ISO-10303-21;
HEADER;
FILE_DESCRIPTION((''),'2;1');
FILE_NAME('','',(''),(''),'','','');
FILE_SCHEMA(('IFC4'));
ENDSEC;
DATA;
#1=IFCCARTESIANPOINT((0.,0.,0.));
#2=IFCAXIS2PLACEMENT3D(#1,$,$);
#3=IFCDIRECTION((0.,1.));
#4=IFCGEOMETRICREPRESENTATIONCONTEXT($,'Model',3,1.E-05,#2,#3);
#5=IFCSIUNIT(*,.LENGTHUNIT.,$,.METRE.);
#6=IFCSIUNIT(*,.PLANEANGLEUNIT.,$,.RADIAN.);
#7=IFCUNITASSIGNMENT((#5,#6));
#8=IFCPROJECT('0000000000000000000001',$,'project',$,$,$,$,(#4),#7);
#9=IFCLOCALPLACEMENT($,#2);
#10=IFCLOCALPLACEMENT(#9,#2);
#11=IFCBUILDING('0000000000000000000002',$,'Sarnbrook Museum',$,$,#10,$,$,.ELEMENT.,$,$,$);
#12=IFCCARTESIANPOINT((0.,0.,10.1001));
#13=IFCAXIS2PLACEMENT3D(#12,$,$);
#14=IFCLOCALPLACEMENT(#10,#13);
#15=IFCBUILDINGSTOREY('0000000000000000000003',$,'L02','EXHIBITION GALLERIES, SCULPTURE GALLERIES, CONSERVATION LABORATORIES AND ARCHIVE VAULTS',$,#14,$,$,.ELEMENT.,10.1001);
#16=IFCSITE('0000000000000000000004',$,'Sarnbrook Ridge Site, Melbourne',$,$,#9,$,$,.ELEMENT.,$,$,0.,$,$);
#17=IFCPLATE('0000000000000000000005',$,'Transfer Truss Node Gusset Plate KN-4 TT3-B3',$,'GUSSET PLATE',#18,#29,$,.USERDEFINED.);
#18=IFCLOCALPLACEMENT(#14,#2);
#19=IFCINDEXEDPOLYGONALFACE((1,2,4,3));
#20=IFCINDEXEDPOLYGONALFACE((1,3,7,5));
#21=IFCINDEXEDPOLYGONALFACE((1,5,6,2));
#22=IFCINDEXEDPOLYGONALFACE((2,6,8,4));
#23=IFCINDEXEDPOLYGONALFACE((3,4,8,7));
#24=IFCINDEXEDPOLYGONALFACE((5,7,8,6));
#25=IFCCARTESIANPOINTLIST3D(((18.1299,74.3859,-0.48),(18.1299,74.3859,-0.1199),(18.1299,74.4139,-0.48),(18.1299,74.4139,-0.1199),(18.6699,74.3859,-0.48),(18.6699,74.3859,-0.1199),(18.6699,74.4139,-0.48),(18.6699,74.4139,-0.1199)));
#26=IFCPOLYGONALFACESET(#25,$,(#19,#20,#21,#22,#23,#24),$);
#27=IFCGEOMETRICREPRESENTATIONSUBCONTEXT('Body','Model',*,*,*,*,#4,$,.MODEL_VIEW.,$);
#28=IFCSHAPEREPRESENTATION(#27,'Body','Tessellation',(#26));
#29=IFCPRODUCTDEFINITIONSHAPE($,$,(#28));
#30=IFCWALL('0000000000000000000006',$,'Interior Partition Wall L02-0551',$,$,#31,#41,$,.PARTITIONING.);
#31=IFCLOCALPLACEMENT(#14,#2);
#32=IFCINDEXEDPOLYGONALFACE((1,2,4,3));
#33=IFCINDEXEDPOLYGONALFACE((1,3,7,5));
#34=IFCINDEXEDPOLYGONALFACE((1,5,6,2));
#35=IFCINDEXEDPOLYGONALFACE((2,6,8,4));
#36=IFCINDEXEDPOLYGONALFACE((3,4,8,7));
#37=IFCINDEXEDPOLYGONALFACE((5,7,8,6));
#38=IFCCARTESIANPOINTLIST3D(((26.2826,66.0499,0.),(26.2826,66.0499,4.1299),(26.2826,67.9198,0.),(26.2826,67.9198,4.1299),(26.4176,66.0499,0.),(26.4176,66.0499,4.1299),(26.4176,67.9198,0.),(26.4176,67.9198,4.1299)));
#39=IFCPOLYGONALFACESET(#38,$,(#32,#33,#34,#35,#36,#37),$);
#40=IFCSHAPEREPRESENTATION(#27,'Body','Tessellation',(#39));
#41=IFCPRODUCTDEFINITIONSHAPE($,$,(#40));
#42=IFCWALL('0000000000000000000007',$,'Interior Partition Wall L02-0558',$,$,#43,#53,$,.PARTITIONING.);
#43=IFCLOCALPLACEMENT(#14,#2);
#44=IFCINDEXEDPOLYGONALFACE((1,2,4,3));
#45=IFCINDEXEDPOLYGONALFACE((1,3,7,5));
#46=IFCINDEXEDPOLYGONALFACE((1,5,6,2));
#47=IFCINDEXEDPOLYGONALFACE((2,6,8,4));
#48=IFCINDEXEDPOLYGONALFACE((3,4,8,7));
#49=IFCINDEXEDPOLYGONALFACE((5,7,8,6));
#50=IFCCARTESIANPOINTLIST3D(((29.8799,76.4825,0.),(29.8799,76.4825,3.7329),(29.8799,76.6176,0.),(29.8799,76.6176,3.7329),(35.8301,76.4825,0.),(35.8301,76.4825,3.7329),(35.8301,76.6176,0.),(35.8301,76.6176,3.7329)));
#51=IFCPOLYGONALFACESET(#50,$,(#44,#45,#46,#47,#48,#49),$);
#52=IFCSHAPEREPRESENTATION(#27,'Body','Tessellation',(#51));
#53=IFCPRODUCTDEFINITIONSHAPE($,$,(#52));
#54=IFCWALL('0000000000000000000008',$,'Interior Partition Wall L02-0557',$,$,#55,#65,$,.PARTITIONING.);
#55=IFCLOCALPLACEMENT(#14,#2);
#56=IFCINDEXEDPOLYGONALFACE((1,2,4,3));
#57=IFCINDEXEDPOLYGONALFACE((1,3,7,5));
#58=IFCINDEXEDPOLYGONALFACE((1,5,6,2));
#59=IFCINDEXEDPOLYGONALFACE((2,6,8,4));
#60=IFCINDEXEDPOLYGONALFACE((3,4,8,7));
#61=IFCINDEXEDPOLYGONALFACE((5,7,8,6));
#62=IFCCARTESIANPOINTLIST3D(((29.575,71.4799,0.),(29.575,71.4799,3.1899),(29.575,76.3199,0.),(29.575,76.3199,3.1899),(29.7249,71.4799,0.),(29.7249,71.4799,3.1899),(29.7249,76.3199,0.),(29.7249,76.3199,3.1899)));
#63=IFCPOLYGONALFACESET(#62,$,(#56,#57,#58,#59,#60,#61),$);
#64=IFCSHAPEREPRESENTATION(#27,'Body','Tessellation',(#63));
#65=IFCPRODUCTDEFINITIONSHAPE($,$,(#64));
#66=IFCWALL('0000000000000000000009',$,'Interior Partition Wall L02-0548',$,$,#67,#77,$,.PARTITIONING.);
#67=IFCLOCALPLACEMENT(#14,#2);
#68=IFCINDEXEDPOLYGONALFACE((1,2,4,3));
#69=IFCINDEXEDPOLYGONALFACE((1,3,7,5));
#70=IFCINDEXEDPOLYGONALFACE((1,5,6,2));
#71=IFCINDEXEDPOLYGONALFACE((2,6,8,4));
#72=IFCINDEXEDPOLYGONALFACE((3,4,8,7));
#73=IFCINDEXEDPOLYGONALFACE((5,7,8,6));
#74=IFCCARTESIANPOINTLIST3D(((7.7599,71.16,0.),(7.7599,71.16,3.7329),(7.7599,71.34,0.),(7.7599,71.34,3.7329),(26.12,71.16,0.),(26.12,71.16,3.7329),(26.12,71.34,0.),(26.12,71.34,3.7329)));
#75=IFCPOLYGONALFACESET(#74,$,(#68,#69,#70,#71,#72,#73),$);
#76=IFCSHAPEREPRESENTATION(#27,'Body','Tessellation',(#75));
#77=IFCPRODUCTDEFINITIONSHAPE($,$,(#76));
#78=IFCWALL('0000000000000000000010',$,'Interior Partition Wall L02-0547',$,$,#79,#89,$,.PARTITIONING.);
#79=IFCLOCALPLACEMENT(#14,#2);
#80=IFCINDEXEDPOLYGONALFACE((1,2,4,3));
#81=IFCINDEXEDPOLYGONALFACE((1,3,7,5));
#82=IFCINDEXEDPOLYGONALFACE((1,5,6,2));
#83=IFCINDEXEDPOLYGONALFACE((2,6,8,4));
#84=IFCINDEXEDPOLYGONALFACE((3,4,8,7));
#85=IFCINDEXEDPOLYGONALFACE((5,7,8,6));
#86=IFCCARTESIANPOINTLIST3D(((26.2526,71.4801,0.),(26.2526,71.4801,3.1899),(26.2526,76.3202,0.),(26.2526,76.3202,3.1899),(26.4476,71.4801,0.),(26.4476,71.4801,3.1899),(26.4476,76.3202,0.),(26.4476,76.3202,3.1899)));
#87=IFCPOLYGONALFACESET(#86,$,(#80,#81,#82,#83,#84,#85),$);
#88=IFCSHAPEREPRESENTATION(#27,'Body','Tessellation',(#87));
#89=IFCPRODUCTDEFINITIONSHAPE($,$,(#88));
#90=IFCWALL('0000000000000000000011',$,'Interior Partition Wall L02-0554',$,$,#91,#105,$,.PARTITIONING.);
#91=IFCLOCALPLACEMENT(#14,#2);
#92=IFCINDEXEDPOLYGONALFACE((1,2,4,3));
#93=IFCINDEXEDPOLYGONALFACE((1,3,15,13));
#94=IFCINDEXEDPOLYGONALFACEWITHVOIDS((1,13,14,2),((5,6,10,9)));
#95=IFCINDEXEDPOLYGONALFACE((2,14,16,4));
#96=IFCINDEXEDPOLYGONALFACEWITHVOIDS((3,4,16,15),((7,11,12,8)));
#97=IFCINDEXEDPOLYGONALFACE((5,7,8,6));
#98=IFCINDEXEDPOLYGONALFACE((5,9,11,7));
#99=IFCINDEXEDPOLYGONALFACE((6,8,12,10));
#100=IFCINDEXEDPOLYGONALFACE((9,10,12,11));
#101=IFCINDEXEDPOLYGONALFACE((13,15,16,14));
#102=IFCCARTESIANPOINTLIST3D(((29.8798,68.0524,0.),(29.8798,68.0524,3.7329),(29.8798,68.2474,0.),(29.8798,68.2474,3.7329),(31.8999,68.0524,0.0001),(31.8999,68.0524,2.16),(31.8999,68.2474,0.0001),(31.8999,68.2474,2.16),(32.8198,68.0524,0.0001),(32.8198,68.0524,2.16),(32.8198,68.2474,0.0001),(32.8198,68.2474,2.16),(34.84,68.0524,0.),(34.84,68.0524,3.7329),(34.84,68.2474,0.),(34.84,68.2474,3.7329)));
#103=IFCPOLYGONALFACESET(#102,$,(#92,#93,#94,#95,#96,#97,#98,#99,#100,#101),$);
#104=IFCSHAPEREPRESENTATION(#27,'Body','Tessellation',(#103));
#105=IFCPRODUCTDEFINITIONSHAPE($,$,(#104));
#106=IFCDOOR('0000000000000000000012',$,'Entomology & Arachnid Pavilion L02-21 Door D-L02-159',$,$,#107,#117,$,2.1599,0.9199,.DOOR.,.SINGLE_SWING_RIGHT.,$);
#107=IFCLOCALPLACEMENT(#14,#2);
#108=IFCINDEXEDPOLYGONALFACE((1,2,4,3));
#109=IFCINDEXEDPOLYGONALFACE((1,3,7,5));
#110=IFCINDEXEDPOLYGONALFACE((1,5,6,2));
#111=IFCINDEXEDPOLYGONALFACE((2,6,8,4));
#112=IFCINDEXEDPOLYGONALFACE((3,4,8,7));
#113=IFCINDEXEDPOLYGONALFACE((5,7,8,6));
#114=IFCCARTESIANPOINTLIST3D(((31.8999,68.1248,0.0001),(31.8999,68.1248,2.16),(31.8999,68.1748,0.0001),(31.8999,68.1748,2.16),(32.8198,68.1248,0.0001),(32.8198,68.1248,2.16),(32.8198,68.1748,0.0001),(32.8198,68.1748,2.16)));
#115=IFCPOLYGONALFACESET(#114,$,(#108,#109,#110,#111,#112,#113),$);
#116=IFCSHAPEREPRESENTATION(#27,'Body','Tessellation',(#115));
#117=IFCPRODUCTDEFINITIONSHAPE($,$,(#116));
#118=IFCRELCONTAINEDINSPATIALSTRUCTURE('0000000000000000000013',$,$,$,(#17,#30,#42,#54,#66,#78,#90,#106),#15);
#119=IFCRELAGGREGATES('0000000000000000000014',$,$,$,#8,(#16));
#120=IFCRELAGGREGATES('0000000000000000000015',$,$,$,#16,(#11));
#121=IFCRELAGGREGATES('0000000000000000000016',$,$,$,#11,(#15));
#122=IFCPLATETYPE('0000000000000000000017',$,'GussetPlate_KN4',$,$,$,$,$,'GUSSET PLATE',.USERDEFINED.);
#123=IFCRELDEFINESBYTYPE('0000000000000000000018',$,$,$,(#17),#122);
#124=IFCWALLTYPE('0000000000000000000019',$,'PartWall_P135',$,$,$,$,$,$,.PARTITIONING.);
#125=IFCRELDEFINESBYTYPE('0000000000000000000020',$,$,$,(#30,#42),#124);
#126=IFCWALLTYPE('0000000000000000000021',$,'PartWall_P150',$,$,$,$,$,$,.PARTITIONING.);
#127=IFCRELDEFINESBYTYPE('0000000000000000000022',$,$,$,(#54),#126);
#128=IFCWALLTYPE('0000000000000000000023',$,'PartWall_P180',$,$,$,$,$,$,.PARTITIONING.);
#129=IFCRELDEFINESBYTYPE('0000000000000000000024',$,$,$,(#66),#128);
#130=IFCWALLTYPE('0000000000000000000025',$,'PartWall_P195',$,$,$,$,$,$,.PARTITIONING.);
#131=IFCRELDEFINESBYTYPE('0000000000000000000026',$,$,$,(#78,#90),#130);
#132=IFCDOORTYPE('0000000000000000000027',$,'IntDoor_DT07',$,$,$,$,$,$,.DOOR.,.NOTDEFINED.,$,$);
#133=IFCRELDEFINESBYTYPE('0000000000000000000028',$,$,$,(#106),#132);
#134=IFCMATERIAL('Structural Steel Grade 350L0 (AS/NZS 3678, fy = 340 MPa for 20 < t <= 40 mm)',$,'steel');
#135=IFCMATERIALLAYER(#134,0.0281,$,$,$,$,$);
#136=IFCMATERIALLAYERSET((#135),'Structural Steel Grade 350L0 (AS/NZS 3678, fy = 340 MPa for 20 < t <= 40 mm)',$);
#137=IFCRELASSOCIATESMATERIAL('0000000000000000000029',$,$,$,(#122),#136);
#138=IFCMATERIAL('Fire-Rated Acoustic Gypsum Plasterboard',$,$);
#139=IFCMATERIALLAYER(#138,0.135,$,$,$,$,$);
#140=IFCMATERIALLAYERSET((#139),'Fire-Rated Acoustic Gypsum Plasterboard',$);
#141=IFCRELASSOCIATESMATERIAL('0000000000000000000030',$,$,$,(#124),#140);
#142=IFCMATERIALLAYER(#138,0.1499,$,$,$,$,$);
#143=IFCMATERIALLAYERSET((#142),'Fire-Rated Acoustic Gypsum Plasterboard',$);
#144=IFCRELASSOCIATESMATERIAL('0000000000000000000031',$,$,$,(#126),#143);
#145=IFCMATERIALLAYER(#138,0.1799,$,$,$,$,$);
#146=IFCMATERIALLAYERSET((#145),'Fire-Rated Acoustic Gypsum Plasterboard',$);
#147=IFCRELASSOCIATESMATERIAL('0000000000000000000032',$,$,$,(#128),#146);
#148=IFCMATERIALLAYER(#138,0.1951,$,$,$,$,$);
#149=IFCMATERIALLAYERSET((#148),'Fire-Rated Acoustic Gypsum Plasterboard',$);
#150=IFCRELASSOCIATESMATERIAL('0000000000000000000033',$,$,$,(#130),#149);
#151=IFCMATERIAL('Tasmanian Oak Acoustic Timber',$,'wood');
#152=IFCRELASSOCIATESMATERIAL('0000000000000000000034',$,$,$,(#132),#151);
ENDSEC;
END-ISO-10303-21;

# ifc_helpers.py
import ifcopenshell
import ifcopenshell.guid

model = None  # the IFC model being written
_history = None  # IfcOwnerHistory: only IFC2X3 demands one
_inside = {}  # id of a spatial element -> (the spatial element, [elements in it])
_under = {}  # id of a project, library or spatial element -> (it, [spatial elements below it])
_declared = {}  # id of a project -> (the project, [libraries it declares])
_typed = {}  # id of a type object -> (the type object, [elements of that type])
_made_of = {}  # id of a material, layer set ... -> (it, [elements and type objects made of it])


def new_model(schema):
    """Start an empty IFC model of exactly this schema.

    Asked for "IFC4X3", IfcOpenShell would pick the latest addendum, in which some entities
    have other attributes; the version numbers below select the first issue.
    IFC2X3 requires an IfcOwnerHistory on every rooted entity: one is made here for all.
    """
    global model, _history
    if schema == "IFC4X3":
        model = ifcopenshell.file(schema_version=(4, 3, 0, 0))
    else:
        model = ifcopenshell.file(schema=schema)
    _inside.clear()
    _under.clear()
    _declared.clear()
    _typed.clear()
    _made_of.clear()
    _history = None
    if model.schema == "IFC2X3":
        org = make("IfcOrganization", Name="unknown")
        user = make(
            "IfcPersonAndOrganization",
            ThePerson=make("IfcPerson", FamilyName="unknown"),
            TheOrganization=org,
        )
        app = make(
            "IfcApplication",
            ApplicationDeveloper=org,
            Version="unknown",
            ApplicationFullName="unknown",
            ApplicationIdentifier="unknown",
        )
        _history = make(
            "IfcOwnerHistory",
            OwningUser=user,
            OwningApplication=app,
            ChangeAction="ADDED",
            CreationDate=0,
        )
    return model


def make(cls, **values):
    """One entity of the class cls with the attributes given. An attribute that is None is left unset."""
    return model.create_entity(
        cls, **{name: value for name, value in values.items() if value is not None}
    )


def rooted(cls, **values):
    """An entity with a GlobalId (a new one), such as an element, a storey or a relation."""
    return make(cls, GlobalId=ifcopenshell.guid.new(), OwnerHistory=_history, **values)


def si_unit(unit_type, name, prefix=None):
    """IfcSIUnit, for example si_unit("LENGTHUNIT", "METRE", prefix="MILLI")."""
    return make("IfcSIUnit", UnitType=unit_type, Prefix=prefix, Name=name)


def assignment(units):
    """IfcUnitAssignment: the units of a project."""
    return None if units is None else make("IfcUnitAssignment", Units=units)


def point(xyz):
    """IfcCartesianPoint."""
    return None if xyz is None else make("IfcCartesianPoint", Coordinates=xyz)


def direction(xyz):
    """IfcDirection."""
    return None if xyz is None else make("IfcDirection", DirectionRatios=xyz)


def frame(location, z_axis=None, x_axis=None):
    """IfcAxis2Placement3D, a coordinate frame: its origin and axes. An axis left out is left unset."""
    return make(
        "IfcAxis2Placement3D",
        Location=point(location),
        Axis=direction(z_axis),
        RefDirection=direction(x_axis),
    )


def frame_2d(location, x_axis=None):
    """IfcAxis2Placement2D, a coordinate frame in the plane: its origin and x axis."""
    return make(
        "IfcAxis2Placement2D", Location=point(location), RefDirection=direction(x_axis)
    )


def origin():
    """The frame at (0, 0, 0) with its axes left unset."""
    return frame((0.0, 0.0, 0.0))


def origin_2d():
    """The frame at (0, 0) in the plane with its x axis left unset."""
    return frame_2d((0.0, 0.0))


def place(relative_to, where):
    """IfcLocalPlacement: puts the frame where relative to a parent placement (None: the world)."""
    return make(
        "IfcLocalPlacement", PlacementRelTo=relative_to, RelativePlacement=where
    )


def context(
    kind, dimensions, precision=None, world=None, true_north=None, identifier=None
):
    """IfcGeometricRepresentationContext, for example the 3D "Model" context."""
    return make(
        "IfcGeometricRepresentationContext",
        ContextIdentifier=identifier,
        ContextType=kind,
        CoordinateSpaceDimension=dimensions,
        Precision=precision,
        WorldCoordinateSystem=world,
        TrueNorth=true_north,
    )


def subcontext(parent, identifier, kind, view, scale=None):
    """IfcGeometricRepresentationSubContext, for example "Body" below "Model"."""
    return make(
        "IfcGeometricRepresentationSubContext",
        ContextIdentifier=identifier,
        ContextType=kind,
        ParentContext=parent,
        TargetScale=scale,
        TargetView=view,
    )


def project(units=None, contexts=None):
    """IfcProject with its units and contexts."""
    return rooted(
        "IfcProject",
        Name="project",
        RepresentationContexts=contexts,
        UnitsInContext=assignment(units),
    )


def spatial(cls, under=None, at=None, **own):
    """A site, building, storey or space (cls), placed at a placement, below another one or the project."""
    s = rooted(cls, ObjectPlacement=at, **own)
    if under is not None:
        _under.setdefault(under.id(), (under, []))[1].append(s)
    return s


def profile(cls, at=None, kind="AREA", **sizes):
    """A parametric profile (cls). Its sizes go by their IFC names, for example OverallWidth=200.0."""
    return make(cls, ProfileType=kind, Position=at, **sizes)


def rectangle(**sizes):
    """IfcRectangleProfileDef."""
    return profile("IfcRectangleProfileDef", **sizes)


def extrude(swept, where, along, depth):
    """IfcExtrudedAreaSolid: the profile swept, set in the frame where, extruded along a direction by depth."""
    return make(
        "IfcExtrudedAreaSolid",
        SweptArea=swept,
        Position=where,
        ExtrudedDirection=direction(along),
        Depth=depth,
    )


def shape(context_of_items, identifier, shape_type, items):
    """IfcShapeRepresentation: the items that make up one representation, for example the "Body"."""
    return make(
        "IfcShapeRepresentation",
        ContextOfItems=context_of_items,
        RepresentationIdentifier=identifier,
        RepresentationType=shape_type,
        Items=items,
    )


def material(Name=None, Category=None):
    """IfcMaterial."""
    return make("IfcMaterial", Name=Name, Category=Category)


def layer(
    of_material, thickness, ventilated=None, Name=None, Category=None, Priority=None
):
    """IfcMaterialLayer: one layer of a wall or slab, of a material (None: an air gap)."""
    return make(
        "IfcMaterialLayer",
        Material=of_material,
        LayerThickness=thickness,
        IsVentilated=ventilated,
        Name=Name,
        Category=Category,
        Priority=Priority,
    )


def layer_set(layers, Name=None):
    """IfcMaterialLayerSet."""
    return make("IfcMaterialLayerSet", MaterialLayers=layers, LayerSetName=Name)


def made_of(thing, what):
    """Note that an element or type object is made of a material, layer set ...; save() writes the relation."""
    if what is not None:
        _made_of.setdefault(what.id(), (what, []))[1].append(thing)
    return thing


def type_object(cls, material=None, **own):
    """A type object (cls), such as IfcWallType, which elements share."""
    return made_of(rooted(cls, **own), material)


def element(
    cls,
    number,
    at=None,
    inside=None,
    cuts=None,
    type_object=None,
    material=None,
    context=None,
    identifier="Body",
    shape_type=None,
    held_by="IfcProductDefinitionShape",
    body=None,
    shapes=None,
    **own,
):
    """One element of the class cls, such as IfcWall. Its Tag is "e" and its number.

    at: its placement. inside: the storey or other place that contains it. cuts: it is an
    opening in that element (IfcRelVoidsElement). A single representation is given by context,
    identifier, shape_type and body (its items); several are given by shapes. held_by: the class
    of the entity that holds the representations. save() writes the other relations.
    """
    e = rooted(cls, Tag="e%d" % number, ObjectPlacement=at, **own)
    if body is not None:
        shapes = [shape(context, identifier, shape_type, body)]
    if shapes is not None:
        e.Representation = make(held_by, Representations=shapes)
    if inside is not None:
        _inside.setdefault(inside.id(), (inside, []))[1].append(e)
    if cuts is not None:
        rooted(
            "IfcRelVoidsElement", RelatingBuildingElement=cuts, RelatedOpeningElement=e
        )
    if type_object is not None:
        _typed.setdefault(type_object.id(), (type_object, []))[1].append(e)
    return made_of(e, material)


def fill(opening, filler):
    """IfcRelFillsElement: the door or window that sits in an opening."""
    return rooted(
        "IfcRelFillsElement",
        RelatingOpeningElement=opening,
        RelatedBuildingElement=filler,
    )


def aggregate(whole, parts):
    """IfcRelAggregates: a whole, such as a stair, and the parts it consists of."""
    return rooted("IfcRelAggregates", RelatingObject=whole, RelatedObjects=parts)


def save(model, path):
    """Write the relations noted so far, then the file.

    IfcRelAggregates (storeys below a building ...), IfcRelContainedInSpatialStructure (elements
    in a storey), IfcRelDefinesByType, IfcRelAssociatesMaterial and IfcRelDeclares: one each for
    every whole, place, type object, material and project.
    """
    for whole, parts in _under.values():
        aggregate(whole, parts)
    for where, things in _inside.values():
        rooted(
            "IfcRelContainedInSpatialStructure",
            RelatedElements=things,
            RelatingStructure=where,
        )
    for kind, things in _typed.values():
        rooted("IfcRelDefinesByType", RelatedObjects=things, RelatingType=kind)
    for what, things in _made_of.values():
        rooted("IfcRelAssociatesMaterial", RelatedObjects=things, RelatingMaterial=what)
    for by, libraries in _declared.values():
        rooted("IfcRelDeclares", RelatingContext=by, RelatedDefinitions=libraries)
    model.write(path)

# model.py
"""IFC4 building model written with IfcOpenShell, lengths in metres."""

from ifc_helpers import new_model, si_unit, direction, frame, frame_2d, origin, origin_2d, place, context, subcontext, project, spatial, rectangle, extrude, material, layer, layer_set, type_object, element, fill, save


model = new_model("IFC4")

# Units and contexts
model_context = context("Model", 3, precision=1e-05, world=origin(), true_north=direction((0.0, 1.0)))
body_context = subcontext(model_context, "Body", "Model", "MODEL_VIEW")
ifc_project = project(units=[si_unit("LENGTHUNIT", "METRE"), si_unit("PLANEANGLEUNIT", "RADIAN")], contexts=[model_context])

# Site, building, storey
site_placement = place(None, origin())
site = spatial("IfcSite", under=ifc_project, at=site_placement, Name="Sarnbrook Ridge Site, Melbourne", CompositionType="ELEMENT", RefElevation=0.0)
building_placement = place(site_placement, origin())
building = spatial("IfcBuilding", under=site, at=building_placement, Name="Sarnbrook Museum", CompositionType="ELEMENT")
storey_placement = place(building_placement, frame((0.0, 0.0, 10.1001)))
storey = spatial("IfcBuildingStorey", under=building, at=storey_placement, Name="L02", Description="EXHIBITION GALLERIES, SCULPTURE GALLERIES, CONSERVATION LABORATORIES AND ARCHIVE VAULTS", CompositionType="ELEMENT", Elevation=10.1001)

# Shared definitions
ifc_material_1 = material(Name="Structural Steel Grade 350L0 (AS/NZS 3678, fy = 340 MPa for 20 < t <= 40 mm)", Category="steel")

# Plate
ifc_layer_1 = layer(ifc_material_1, 0.0281)
ifc_layer_set_1 = layer_set([ifc_layer_1], Name="Structural Steel Grade 350L0 (AS/NZS 3678, fy = 340 MPa for 20 < t <= 40 mm)")
plate_type_1 = type_object("IfcPlateType", Name="GussetPlate_KN4", ElementType="GUSSET PLATE", PredefinedType="USERDEFINED", material=ifc_layer_set_1)
plate_1_placement = place(storey_placement, frame((18.3999, 74.3999, -0.48), z_axis=(0.0, 0.0, 1.0), x_axis=(1.0, 0.0, 0.0)))
element("IfcPlate", 1, at=plate_1_placement, inside=storey, type_object=plate_type_1, Name="Transfer Truss Node Gusset Plate KN-4 TT3-B3", ObjectType="GUSSET PLATE", PredefinedType="USERDEFINED", context=body_context, shape_type="SweptSolid", body=[
    extrude(rectangle(XDim=0.54, YDim=0.0281, at=origin_2d()), origin(), (0.0, 0.0, 1.0), 0.3601),
])

# Walls
ifc_material_2 = material(Name="Fire-Rated Acoustic Gypsum Plasterboard")
ifc_layer_2 = layer(ifc_material_2, 0.135)
ifc_layer_set_2 = layer_set([ifc_layer_2], Name="Fire-Rated Acoustic Gypsum Plasterboard")
wall_type_1 = type_object("IfcWallType", Name="PartWall_P135", PredefinedType="PARTITIONING", material=ifc_layer_set_2)
wall_1_placement = place(storey_placement, frame((26.3501, 67.9199, 0.0), z_axis=(0.0, 0.0, 1.0), x_axis=(0.0, -1.0, 0.0)))
element("IfcWall", 2, at=wall_1_placement, inside=storey, type_object=wall_type_1, Name="Interior Partition Wall L02-0551", PredefinedType="PARTITIONING", context=body_context, shape_type="SweptSolid", body=[
    extrude(rectangle(XDim=1.8699, YDim=0.135, at=frame_2d((0.9351, 0.0))), origin(), (0.0, 0.0, 1.0), 4.1299),
])
wall_2_placement = place(storey_placement, frame((29.8799, 76.55, 0.0), z_axis=(0.0, 0.0, 1.0), x_axis=(1.0, 0.0, 0.0)))
element("IfcWall", 3, at=wall_2_placement, inside=storey, type_object=wall_type_1, Name="Interior Partition Wall L02-0558", PredefinedType="PARTITIONING", context=body_context, shape_type="SweptSolid", body=[
    extrude(rectangle(XDim=5.9502, YDim=0.135, at=frame_2d((2.9751, 0.0))), origin(), (0.0, 0.0, 1.0), 3.7329),
])
ifc_layer_3 = layer(ifc_material_2, 0.1499)
ifc_layer_set_3 = layer_set([ifc_layer_3], Name="Fire-Rated Acoustic Gypsum Plasterboard")
wall_type_2 = type_object("IfcWallType", Name="PartWall_P150", PredefinedType="PARTITIONING", material=ifc_layer_set_3)
wall_3_placement = place(storey_placement, frame((29.6499, 71.48, 0.0), z_axis=(0.0, 0.0, 1.0), x_axis=(0.0, 1.0, 0.0)))
element("IfcWall", 4, at=wall_3_placement, inside=storey, type_object=wall_type_2, Name="Interior Partition Wall L02-0557", PredefinedType="PARTITIONING", context=body_context, shape_type="SweptSolid", body=[
    extrude(rectangle(XDim=4.8401, YDim=0.1499, at=frame_2d((2.4199, 0.0))), origin(), (0.0, 0.0, 1.0), 3.1899),
])
ifc_layer_4 = layer(ifc_material_2, 0.1799)
ifc_layer_set_4 = layer_set([ifc_layer_4], Name="Fire-Rated Acoustic Gypsum Plasterboard")
wall_type_3 = type_object("IfcWallType", Name="PartWall_P180", PredefinedType="PARTITIONING", material=ifc_layer_set_4)
wall_4_placement = place(storey_placement, frame((26.1201, 71.25, 0.0), z_axis=(0.0, 0.0, 1.0), x_axis=(-1.0, 0.0, 0.0)))
element("IfcWall", 5, at=wall_4_placement, inside=storey, type_object=wall_type_3, Name="Interior Partition Wall L02-0548", PredefinedType="PARTITIONING", context=body_context, shape_type="SweptSolid", body=[
    extrude(rectangle(XDim=18.3601, YDim=0.1799, at=frame_2d((9.1802, 0.0))), origin(), (0.0, 0.0, 1.0), 3.7329),
])
ifc_layer_5 = layer(ifc_material_2, 0.1951)
ifc_layer_set_5 = layer_set([ifc_layer_5], Name="Fire-Rated Acoustic Gypsum Plasterboard")
wall_type_4 = type_object("IfcWallType", Name="PartWall_P195", PredefinedType="PARTITIONING", material=ifc_layer_set_5)
wall_5_placement = place(storey_placement, frame((26.3501, 76.3201, 0.0), z_axis=(0.0, 0.0, 1.0), x_axis=(0.0, -1.0, 0.0)))
element("IfcWall", 6, at=wall_5_placement, inside=storey, type_object=wall_type_4, Name="Interior Partition Wall L02-0547", PredefinedType="PARTITIONING", context=body_context, shape_type="SweptSolid", body=[
    extrude(rectangle(XDim=4.8401, YDim=0.1951, at=frame_2d((2.4199, 0.0))), origin(), (0.0, 0.0, 1.0), 3.1899),
])

# Wall, opening, door
wall_6_placement = place(storey_placement, frame((29.8799, 68.1499, 0.0), z_axis=(0.0, 0.0, 1.0), x_axis=(1.0, 0.0, 0.0)))
wall_6 = element("IfcWall", 7, at=wall_6_placement, inside=storey, type_object=wall_type_4, Name="Interior Partition Wall L02-0554", PredefinedType="PARTITIONING", context=body_context, shape_type="SweptSolid", body=[
    extrude(rectangle(XDim=4.9602, YDim=0.1951, at=frame_2d((2.48, 0.0))), origin(), (0.0, 0.0, 1.0), 3.7329),
])
opening_placement = place(wall_6_placement, frame((2.02, 0.0, 0.0)))
opening = element("IfcOpeningElement", 8, at=opening_placement, cuts=wall_6, PredefinedType="OPENING", context=body_context, shape_type="SweptSolid", body=[
    extrude(rectangle(XDim=0.9199, YDim=2.1599, at=frame_2d((0.46, 1.0801))), frame((0.0, 0.1074, 0.0), z_axis=(0.0, -1.0, 0.0), x_axis=(1.0, 0.0, 0.0)), (0.0, 0.0, 1.0), 0.2151),
])
ifc_material_3 = material(Name="Tasmanian Oak Acoustic Timber", Category="wood")
door_type = type_object("IfcDoorType", Name="IntDoor_DT07", OperationType="NOTDEFINED", PredefinedType="DOOR", material=ifc_material_3)
door_placement = place(opening_placement, origin())
door = element("IfcDoor", 9, at=door_placement, inside=storey, type_object=door_type, Name="Entomology & Arachnid Pavilion L02-21 Door D-L02-159", OperationType="SINGLE_SWING_RIGHT", OverallHeight=2.1599, OverallWidth=0.9199, PredefinedType="DOOR", context=body_context, shape_type="SweptSolid", body=[
    extrude(rectangle(XDim=0.9199, YDim=2.1599, at=frame_2d((0.46, 1.0801))), frame((0.0, 0.0249, 0.0), z_axis=(0.0, -1.0, 0.0), x_axis=(1.0, 0.0, 0.0)), (0.0, 0.0, 1.0), 0.05),
])
fill(opening, door)

save(model, "model.ifc")
